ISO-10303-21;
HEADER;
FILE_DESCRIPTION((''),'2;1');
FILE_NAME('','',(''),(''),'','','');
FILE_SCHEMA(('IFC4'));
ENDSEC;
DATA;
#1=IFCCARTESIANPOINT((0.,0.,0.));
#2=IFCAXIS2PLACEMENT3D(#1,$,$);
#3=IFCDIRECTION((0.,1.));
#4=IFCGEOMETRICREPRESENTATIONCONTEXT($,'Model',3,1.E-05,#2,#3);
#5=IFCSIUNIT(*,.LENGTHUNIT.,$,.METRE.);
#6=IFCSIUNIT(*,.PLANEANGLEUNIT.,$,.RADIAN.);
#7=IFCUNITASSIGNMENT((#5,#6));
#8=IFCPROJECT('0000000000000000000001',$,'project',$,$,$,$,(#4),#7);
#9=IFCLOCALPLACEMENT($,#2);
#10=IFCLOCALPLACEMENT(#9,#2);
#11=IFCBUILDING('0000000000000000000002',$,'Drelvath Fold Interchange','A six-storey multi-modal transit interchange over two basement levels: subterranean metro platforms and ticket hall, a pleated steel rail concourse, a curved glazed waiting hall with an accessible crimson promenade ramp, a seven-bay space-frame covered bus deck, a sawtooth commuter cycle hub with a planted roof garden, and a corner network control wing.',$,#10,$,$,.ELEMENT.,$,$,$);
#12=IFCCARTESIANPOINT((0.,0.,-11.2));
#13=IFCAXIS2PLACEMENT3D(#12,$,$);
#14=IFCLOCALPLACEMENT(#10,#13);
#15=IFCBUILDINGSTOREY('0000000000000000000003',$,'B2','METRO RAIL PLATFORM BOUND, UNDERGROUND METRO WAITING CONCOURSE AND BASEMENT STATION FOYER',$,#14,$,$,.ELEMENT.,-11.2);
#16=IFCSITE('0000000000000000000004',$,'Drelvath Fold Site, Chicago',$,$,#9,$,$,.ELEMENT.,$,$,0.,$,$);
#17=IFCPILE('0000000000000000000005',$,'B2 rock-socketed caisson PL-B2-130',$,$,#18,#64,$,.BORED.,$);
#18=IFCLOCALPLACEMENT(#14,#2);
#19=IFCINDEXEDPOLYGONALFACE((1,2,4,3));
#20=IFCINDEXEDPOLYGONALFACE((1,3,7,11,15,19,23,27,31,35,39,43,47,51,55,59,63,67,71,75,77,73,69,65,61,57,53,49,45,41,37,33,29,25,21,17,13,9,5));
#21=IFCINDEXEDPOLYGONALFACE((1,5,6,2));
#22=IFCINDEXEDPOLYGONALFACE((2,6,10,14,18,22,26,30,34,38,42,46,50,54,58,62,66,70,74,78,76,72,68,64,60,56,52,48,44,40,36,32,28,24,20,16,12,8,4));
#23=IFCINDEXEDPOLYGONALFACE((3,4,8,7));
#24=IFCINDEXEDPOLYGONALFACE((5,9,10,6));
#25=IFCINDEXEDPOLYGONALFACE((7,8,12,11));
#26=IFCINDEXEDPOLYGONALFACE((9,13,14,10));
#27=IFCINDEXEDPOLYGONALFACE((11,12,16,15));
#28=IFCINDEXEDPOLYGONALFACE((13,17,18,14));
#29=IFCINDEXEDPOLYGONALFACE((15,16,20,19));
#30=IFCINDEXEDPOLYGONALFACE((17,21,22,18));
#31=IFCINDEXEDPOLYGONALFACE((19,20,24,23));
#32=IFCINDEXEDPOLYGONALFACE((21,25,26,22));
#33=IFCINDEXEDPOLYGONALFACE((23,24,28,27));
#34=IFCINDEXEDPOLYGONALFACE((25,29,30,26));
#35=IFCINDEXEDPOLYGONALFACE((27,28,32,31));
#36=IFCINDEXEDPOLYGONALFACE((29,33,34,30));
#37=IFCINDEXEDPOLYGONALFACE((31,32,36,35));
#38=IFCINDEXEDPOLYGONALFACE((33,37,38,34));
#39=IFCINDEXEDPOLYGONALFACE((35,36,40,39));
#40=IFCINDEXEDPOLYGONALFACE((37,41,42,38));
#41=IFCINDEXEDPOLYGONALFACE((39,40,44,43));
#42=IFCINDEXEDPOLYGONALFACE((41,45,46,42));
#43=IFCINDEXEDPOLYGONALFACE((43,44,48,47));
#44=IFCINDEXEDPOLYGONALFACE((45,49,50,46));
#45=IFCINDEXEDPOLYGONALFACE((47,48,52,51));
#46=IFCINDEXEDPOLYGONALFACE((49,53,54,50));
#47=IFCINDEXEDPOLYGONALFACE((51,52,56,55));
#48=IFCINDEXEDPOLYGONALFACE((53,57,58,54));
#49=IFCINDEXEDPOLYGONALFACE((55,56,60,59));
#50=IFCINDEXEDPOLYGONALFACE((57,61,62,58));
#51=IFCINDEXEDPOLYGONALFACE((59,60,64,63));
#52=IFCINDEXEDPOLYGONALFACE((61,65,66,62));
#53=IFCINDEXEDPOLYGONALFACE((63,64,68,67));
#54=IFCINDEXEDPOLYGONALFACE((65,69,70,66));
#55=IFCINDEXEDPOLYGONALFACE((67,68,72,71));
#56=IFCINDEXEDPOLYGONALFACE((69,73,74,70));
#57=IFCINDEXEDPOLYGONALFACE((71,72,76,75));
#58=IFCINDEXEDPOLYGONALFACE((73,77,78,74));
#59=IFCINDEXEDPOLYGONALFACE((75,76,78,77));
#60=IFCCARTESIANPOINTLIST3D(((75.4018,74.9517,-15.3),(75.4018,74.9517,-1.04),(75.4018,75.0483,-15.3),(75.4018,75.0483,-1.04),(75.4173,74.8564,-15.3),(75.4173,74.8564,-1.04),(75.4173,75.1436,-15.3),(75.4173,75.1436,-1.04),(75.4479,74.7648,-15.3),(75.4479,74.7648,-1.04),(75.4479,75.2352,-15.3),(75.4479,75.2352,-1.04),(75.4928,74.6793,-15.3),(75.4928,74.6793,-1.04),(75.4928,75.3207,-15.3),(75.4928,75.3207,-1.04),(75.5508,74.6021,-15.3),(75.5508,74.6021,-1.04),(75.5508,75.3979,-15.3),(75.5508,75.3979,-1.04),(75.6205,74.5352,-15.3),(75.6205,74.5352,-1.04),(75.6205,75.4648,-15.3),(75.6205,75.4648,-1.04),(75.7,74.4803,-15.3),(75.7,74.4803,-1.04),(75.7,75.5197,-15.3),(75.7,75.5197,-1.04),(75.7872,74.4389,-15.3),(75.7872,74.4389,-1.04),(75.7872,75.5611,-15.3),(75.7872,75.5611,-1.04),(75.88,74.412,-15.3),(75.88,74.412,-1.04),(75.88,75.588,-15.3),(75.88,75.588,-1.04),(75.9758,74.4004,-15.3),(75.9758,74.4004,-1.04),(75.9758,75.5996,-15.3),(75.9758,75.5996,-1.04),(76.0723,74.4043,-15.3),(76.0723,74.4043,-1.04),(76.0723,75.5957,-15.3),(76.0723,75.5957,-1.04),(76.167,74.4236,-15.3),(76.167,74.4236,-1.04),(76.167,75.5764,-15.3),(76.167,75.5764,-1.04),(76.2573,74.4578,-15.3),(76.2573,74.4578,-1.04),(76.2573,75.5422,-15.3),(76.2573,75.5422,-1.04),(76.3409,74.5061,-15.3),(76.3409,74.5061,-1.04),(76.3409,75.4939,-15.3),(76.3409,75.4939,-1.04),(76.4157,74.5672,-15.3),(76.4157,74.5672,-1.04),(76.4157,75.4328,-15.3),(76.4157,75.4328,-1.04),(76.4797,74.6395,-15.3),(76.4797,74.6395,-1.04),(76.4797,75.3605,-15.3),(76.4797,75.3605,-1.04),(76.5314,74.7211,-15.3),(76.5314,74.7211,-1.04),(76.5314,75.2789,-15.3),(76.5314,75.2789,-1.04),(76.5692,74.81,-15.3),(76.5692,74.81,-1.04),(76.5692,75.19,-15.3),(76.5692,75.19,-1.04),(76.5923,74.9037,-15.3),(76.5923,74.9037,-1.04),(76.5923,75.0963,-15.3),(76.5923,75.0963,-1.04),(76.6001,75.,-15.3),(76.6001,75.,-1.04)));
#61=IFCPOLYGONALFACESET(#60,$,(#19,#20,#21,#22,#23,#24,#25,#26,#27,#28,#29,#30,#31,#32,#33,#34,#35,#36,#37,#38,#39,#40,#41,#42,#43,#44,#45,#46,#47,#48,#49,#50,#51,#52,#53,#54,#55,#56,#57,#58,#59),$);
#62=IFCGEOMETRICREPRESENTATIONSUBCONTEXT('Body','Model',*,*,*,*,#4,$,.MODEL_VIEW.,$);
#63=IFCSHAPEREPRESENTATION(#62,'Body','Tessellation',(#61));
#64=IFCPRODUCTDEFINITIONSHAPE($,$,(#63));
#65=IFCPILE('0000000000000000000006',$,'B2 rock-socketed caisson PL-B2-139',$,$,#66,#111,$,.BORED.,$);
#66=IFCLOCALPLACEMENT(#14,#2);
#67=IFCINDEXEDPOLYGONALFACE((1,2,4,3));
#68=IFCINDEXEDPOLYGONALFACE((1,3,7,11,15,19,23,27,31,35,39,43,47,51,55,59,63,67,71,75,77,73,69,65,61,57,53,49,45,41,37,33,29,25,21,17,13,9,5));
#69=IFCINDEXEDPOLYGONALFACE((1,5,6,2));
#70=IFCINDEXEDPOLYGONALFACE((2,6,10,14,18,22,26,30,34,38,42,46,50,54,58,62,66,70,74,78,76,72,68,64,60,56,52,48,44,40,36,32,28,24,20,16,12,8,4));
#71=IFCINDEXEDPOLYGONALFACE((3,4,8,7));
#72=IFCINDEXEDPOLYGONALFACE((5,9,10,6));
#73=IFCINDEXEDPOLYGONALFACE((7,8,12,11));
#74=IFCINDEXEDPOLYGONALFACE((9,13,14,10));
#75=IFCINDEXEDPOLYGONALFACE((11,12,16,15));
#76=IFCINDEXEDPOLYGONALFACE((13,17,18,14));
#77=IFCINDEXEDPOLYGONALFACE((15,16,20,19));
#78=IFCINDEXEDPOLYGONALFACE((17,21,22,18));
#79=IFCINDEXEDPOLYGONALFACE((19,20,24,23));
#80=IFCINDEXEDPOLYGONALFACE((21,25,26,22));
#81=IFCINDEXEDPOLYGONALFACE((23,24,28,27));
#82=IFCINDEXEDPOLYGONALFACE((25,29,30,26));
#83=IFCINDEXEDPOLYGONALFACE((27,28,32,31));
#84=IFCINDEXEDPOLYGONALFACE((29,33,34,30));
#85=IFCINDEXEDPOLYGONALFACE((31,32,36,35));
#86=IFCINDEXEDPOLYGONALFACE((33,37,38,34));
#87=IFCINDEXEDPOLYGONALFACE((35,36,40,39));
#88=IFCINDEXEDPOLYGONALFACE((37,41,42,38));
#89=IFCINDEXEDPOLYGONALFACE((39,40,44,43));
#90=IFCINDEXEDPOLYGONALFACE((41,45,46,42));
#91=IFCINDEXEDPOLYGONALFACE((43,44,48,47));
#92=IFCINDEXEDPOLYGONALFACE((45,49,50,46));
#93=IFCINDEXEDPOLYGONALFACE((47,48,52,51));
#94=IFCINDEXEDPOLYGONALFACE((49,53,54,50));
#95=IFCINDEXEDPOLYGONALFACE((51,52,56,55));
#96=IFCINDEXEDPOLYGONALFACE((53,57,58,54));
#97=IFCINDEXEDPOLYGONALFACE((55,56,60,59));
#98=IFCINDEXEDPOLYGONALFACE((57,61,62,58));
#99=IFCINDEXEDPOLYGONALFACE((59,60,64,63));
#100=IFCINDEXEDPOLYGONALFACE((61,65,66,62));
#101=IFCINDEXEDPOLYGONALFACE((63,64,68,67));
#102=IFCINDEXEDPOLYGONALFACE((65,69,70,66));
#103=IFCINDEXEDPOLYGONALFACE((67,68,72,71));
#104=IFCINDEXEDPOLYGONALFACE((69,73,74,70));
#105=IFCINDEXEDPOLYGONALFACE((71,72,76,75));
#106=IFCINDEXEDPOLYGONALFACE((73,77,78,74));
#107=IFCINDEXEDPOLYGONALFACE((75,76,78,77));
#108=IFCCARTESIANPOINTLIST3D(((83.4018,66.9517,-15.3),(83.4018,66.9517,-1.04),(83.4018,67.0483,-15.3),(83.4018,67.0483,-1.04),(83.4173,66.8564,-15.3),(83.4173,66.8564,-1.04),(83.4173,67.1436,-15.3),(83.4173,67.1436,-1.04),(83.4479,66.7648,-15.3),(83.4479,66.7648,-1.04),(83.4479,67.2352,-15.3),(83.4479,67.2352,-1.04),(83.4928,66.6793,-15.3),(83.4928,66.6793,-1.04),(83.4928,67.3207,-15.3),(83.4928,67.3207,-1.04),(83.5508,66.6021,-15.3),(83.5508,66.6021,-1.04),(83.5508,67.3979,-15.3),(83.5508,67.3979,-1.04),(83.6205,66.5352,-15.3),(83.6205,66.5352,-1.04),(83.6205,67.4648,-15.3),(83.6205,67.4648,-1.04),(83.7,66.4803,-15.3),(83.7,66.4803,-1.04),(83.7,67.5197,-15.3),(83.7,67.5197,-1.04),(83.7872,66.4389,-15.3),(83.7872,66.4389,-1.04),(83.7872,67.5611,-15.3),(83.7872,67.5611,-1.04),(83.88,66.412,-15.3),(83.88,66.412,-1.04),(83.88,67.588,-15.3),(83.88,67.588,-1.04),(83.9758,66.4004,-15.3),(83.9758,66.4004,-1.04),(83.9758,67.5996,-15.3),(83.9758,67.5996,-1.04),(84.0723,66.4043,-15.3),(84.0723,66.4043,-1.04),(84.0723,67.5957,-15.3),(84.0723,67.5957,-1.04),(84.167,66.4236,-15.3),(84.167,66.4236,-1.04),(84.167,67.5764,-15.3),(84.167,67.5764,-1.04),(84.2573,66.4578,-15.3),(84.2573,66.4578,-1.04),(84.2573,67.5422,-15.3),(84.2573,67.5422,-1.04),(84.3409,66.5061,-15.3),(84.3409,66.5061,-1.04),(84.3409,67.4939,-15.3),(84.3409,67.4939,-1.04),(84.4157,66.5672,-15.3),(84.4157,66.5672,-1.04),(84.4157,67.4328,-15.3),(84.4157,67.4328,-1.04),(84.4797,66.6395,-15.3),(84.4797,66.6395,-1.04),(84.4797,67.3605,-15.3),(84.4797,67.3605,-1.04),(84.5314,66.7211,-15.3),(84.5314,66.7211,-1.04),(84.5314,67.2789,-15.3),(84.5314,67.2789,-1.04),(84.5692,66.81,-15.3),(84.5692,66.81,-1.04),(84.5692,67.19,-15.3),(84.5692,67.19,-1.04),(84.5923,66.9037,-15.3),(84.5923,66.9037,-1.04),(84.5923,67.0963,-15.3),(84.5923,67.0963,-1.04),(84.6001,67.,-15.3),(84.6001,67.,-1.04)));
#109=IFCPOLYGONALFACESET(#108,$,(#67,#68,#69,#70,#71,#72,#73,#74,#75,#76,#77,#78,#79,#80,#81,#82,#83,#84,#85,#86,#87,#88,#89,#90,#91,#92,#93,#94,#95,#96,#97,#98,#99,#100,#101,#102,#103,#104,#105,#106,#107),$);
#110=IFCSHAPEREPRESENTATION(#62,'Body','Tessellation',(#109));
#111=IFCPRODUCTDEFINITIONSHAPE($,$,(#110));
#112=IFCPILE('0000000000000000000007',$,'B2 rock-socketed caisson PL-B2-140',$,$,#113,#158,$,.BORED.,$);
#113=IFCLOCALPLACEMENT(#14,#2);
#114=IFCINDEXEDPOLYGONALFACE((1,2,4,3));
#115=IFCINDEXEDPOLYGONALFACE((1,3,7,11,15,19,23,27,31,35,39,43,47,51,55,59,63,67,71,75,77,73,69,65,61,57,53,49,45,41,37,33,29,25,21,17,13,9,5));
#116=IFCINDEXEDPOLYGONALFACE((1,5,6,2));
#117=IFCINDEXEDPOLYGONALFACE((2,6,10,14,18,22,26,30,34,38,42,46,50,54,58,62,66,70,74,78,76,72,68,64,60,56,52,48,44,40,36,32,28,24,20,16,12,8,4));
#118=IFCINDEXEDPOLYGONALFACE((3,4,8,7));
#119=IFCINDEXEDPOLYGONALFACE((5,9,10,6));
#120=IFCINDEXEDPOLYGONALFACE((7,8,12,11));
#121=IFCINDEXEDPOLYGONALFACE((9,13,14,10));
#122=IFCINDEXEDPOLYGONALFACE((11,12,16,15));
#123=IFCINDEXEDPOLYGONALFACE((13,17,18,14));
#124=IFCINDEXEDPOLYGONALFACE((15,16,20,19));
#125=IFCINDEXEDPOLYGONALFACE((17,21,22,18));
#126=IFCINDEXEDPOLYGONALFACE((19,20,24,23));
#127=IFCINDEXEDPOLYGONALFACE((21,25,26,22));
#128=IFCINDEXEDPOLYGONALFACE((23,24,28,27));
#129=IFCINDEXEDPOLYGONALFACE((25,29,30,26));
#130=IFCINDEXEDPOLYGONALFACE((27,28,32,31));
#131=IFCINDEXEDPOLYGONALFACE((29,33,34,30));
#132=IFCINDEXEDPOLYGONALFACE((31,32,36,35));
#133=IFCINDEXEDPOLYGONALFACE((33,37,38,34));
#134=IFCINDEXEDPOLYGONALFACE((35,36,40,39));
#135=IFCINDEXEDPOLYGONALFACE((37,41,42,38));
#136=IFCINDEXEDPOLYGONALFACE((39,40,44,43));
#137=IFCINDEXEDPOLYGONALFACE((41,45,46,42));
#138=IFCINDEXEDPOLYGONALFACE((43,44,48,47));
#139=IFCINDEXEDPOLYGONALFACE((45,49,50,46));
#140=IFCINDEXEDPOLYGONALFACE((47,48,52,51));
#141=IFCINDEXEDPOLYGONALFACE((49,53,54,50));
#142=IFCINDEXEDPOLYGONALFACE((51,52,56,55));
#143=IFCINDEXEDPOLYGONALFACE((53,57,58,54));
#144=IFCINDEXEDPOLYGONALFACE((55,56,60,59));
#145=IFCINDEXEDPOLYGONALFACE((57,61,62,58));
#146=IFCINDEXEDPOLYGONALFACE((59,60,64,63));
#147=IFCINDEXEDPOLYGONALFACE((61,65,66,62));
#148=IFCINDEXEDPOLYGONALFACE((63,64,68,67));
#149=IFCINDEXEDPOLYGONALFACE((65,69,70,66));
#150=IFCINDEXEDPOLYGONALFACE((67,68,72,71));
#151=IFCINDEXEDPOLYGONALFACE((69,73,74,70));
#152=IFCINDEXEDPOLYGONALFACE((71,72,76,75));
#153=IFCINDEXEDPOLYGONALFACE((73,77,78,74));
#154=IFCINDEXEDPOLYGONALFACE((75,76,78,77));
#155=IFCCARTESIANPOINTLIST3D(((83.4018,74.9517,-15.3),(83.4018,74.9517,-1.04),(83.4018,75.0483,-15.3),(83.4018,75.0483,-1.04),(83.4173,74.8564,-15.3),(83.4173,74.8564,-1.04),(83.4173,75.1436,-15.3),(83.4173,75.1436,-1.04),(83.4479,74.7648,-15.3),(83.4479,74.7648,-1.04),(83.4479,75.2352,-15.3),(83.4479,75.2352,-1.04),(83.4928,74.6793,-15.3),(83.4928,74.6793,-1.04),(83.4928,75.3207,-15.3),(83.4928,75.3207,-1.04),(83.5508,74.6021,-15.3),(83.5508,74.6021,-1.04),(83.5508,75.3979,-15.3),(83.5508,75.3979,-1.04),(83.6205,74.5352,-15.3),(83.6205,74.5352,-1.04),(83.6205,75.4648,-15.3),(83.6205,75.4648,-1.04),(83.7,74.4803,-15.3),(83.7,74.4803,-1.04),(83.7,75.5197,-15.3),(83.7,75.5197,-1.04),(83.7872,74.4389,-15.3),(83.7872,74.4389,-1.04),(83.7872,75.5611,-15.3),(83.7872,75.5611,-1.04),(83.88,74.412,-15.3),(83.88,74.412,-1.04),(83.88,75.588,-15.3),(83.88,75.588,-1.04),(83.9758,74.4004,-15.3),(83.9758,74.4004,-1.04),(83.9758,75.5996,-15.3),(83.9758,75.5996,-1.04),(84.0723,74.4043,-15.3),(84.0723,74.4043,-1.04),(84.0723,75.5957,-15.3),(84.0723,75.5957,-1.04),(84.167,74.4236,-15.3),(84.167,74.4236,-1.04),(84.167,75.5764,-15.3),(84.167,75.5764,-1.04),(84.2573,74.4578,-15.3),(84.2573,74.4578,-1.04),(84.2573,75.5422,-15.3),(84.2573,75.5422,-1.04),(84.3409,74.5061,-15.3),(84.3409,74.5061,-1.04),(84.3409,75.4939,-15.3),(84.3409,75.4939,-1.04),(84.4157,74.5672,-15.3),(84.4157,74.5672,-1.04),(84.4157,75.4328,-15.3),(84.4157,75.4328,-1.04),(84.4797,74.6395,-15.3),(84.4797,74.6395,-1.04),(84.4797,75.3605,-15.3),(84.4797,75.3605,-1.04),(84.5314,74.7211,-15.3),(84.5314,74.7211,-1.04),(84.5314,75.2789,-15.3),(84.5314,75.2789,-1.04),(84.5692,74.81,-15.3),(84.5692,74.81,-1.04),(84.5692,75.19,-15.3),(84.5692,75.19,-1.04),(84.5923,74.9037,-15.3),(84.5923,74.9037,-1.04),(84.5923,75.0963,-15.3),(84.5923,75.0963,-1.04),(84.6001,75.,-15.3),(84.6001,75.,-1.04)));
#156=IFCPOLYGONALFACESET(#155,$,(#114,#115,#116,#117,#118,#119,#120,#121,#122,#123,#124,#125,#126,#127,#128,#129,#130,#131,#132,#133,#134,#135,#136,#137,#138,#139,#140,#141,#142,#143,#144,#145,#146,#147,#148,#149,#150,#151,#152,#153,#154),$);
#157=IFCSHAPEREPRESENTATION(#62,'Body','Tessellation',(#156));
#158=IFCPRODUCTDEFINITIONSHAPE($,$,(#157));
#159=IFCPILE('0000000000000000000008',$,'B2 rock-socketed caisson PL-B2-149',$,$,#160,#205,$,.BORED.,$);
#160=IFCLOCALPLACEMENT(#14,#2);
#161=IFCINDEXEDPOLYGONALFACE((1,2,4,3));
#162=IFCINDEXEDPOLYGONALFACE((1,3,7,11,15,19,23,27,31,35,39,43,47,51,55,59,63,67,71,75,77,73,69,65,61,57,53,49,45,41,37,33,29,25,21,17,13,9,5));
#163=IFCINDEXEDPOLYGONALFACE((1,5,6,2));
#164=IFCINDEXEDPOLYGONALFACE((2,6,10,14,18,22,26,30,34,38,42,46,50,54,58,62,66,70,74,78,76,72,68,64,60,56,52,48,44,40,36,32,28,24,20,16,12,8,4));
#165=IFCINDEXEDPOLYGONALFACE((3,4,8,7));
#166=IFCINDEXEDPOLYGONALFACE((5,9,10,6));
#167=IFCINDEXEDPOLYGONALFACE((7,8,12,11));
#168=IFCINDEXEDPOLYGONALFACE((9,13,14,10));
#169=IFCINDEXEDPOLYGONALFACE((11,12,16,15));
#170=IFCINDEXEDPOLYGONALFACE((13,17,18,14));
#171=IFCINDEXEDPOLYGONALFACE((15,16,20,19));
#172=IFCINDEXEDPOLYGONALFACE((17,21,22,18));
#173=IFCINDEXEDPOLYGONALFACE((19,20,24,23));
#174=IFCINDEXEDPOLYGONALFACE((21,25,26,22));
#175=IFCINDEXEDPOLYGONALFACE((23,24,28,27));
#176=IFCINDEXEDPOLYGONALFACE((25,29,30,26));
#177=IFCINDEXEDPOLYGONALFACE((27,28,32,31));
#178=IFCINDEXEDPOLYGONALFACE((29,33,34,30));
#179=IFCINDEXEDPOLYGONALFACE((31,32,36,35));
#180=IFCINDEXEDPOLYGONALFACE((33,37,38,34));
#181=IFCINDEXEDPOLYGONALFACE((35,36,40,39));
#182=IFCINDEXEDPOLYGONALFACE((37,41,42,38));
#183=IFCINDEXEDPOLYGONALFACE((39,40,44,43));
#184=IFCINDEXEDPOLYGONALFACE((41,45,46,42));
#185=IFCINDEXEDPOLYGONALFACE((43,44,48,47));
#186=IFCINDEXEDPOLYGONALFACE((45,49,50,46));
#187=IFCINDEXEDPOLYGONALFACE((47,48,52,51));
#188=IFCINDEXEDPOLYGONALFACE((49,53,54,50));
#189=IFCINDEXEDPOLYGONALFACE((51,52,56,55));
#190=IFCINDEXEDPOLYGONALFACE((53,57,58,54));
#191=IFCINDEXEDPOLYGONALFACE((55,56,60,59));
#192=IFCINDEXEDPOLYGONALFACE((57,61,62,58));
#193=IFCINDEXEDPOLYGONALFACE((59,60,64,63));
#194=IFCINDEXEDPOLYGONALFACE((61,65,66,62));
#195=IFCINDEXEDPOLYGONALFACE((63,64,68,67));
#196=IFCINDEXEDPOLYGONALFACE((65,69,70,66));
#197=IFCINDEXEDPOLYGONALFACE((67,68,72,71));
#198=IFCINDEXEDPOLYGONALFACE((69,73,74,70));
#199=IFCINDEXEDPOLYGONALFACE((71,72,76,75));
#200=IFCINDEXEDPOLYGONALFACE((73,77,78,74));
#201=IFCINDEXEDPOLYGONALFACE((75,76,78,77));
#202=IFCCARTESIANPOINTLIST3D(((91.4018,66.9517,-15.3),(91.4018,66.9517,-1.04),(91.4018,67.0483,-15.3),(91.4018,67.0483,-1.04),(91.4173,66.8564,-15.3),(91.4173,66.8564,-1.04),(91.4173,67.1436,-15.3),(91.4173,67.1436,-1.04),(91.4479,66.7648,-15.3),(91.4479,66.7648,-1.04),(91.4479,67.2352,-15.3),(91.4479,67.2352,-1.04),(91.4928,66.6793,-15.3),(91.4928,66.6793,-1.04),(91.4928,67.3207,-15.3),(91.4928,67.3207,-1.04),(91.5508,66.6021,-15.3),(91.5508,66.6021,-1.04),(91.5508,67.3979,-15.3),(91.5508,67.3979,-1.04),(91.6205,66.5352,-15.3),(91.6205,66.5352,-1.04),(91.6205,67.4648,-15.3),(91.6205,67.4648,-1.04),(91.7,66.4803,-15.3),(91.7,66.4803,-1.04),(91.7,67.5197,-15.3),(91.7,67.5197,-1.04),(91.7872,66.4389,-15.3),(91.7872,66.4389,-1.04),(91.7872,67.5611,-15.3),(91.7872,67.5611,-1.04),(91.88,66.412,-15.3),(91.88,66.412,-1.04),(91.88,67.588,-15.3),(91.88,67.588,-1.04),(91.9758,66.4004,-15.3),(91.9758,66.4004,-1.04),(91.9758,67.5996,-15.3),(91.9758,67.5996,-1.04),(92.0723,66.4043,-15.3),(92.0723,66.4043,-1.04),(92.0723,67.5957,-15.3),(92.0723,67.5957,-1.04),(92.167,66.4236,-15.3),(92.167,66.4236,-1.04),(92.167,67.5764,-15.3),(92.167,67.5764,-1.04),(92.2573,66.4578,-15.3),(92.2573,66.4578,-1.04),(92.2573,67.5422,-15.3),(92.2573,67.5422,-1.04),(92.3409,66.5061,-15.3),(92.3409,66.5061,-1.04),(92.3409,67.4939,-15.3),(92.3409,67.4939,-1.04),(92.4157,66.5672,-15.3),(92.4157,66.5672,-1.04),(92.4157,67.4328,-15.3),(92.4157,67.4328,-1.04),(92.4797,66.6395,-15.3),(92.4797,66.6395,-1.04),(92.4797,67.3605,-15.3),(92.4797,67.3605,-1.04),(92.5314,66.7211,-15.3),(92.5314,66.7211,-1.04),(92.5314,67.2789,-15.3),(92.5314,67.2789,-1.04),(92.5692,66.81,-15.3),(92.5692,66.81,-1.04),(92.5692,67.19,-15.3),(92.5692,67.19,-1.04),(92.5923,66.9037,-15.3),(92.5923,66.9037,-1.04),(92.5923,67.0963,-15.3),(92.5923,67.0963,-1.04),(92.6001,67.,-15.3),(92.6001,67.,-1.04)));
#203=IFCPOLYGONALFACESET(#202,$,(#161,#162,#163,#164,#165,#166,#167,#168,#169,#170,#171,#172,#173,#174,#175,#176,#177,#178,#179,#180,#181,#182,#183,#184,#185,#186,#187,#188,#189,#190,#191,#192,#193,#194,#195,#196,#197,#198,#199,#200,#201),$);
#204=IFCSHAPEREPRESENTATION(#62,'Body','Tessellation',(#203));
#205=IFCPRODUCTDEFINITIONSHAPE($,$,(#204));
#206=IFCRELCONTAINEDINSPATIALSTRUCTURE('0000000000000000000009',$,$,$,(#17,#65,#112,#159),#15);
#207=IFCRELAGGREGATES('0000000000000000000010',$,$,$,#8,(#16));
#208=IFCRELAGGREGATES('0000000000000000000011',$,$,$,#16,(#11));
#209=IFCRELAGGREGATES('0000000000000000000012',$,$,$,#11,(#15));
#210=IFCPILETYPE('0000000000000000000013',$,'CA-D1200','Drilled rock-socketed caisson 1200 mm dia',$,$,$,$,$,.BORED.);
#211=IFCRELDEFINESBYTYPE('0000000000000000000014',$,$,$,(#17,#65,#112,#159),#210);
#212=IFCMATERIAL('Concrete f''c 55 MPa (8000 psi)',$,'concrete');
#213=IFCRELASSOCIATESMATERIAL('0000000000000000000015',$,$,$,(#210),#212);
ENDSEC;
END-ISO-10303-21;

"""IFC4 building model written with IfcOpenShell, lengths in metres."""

from ifc_helpers import new_model, si_unit, direction, frame, origin, origin_2d, place, context, subcontext, project, spatial, circle, extrude, material, material_profile, profile_set, type_object, element, save


model = new_model("IFC4")

# Units and contexts
model_context = context("Model", 3, precision=1e-05, world=origin(), true_north=direction((0.0, 1.0)))
body_context = subcontext(model_context, "Body", "Model", "MODEL_VIEW")
ifc_project = project(units=[si_unit("LENGTHUNIT", "METRE"), si_unit("PLANEANGLEUNIT", "RADIAN")], contexts=[model_context])

# Site, building, storey
site_placement = place(None, origin())
site = spatial("IfcSite", under=ifc_project, at=site_placement, Name="Drelvath Fold Site, Chicago", CompositionType="ELEMENT", RefElevation=0.0)
building_placement = place(site_placement, origin())
building = spatial("IfcBuilding", under=site, at=building_placement, Name="Drelvath Fold Interchange", Description="A six-storey multi-modal transit interchange over two basement levels: subterranean metro platforms and ticket hall, a pleated steel rail concourse, a curved glazed waiting hall with an accessible crimson promenade ramp, a seven-bay space-frame covered bus deck, a sawtooth commuter cycle hub with a planted roof garden, and a corner network control wing.", CompositionType="ELEMENT")
storey_placement = place(building_placement, frame((0.0, 0.0, -11.2)))
storey = spatial("IfcBuildingStorey", under=building, at=storey_placement, Name="B2", Description="METRO RAIL PLATFORM BOUND, UNDERGROUND METRO WAITING CONCOURSE AND BASEMENT STATION FOYER", CompositionType="ELEMENT", Elevation=-11.2)

# Piles
ifc_material_1 = material(Name="Concrete f'c 55 MPa (8000 psi)", Category="concrete")
ifc_material_profile_1 = material_profile(ifc_material_1, circle(Radius=0.6001, at=origin_2d()), Name="CAISSON D1200")
ifc_profile_set_1 = profile_set([ifc_material_profile_1], Name="Concrete f'c 55 MPa (8000 psi)")
pile_type = type_object("IfcPileType", Name="CA-D1200", Description="Drilled rock-socketed caisson 1200 mm dia", PredefinedType="BORED", material=ifc_profile_set_1)
for number, where, z_axis, x_axis, name in (
    (1, (76.0, 75.0, -1.04), (0.0, 0.0, -1.0), (1.0, 0.0, 0.0), "B2 rock-socketed caisson PL-B2-130"),
    (2, (84.0, 67.0, -1.04), (0.0, 0.0, -1.0), (1.0, 0.0, 0.0), "B2 rock-socketed caisson PL-B2-139"),
    (3, (84.0, 75.0, -1.04), (0.0, 0.0, -1.0), (1.0, 0.0, 0.0), "B2 rock-socketed caisson PL-B2-140"),
    (4, (92.0, 67.0, -1.04), (0.0, 0.0, -1.0), (1.0, 0.0, 0.0), "B2 rock-socketed caisson PL-B2-149"),
):
    element("IfcPile", number, at=place(storey_placement, frame(where, z_axis=z_axis, x_axis=x_axis)), inside=storey, type_object=pile_type, Name=name, PredefinedType="BORED", context=body_context, shape_type="SweptSolid", body=[
        extrude(circle(Radius=0.6001, at=origin_2d()), origin(), (0.0, 0.0, 1.0), 14.26),
    ])

save(model, "model.ifc")
